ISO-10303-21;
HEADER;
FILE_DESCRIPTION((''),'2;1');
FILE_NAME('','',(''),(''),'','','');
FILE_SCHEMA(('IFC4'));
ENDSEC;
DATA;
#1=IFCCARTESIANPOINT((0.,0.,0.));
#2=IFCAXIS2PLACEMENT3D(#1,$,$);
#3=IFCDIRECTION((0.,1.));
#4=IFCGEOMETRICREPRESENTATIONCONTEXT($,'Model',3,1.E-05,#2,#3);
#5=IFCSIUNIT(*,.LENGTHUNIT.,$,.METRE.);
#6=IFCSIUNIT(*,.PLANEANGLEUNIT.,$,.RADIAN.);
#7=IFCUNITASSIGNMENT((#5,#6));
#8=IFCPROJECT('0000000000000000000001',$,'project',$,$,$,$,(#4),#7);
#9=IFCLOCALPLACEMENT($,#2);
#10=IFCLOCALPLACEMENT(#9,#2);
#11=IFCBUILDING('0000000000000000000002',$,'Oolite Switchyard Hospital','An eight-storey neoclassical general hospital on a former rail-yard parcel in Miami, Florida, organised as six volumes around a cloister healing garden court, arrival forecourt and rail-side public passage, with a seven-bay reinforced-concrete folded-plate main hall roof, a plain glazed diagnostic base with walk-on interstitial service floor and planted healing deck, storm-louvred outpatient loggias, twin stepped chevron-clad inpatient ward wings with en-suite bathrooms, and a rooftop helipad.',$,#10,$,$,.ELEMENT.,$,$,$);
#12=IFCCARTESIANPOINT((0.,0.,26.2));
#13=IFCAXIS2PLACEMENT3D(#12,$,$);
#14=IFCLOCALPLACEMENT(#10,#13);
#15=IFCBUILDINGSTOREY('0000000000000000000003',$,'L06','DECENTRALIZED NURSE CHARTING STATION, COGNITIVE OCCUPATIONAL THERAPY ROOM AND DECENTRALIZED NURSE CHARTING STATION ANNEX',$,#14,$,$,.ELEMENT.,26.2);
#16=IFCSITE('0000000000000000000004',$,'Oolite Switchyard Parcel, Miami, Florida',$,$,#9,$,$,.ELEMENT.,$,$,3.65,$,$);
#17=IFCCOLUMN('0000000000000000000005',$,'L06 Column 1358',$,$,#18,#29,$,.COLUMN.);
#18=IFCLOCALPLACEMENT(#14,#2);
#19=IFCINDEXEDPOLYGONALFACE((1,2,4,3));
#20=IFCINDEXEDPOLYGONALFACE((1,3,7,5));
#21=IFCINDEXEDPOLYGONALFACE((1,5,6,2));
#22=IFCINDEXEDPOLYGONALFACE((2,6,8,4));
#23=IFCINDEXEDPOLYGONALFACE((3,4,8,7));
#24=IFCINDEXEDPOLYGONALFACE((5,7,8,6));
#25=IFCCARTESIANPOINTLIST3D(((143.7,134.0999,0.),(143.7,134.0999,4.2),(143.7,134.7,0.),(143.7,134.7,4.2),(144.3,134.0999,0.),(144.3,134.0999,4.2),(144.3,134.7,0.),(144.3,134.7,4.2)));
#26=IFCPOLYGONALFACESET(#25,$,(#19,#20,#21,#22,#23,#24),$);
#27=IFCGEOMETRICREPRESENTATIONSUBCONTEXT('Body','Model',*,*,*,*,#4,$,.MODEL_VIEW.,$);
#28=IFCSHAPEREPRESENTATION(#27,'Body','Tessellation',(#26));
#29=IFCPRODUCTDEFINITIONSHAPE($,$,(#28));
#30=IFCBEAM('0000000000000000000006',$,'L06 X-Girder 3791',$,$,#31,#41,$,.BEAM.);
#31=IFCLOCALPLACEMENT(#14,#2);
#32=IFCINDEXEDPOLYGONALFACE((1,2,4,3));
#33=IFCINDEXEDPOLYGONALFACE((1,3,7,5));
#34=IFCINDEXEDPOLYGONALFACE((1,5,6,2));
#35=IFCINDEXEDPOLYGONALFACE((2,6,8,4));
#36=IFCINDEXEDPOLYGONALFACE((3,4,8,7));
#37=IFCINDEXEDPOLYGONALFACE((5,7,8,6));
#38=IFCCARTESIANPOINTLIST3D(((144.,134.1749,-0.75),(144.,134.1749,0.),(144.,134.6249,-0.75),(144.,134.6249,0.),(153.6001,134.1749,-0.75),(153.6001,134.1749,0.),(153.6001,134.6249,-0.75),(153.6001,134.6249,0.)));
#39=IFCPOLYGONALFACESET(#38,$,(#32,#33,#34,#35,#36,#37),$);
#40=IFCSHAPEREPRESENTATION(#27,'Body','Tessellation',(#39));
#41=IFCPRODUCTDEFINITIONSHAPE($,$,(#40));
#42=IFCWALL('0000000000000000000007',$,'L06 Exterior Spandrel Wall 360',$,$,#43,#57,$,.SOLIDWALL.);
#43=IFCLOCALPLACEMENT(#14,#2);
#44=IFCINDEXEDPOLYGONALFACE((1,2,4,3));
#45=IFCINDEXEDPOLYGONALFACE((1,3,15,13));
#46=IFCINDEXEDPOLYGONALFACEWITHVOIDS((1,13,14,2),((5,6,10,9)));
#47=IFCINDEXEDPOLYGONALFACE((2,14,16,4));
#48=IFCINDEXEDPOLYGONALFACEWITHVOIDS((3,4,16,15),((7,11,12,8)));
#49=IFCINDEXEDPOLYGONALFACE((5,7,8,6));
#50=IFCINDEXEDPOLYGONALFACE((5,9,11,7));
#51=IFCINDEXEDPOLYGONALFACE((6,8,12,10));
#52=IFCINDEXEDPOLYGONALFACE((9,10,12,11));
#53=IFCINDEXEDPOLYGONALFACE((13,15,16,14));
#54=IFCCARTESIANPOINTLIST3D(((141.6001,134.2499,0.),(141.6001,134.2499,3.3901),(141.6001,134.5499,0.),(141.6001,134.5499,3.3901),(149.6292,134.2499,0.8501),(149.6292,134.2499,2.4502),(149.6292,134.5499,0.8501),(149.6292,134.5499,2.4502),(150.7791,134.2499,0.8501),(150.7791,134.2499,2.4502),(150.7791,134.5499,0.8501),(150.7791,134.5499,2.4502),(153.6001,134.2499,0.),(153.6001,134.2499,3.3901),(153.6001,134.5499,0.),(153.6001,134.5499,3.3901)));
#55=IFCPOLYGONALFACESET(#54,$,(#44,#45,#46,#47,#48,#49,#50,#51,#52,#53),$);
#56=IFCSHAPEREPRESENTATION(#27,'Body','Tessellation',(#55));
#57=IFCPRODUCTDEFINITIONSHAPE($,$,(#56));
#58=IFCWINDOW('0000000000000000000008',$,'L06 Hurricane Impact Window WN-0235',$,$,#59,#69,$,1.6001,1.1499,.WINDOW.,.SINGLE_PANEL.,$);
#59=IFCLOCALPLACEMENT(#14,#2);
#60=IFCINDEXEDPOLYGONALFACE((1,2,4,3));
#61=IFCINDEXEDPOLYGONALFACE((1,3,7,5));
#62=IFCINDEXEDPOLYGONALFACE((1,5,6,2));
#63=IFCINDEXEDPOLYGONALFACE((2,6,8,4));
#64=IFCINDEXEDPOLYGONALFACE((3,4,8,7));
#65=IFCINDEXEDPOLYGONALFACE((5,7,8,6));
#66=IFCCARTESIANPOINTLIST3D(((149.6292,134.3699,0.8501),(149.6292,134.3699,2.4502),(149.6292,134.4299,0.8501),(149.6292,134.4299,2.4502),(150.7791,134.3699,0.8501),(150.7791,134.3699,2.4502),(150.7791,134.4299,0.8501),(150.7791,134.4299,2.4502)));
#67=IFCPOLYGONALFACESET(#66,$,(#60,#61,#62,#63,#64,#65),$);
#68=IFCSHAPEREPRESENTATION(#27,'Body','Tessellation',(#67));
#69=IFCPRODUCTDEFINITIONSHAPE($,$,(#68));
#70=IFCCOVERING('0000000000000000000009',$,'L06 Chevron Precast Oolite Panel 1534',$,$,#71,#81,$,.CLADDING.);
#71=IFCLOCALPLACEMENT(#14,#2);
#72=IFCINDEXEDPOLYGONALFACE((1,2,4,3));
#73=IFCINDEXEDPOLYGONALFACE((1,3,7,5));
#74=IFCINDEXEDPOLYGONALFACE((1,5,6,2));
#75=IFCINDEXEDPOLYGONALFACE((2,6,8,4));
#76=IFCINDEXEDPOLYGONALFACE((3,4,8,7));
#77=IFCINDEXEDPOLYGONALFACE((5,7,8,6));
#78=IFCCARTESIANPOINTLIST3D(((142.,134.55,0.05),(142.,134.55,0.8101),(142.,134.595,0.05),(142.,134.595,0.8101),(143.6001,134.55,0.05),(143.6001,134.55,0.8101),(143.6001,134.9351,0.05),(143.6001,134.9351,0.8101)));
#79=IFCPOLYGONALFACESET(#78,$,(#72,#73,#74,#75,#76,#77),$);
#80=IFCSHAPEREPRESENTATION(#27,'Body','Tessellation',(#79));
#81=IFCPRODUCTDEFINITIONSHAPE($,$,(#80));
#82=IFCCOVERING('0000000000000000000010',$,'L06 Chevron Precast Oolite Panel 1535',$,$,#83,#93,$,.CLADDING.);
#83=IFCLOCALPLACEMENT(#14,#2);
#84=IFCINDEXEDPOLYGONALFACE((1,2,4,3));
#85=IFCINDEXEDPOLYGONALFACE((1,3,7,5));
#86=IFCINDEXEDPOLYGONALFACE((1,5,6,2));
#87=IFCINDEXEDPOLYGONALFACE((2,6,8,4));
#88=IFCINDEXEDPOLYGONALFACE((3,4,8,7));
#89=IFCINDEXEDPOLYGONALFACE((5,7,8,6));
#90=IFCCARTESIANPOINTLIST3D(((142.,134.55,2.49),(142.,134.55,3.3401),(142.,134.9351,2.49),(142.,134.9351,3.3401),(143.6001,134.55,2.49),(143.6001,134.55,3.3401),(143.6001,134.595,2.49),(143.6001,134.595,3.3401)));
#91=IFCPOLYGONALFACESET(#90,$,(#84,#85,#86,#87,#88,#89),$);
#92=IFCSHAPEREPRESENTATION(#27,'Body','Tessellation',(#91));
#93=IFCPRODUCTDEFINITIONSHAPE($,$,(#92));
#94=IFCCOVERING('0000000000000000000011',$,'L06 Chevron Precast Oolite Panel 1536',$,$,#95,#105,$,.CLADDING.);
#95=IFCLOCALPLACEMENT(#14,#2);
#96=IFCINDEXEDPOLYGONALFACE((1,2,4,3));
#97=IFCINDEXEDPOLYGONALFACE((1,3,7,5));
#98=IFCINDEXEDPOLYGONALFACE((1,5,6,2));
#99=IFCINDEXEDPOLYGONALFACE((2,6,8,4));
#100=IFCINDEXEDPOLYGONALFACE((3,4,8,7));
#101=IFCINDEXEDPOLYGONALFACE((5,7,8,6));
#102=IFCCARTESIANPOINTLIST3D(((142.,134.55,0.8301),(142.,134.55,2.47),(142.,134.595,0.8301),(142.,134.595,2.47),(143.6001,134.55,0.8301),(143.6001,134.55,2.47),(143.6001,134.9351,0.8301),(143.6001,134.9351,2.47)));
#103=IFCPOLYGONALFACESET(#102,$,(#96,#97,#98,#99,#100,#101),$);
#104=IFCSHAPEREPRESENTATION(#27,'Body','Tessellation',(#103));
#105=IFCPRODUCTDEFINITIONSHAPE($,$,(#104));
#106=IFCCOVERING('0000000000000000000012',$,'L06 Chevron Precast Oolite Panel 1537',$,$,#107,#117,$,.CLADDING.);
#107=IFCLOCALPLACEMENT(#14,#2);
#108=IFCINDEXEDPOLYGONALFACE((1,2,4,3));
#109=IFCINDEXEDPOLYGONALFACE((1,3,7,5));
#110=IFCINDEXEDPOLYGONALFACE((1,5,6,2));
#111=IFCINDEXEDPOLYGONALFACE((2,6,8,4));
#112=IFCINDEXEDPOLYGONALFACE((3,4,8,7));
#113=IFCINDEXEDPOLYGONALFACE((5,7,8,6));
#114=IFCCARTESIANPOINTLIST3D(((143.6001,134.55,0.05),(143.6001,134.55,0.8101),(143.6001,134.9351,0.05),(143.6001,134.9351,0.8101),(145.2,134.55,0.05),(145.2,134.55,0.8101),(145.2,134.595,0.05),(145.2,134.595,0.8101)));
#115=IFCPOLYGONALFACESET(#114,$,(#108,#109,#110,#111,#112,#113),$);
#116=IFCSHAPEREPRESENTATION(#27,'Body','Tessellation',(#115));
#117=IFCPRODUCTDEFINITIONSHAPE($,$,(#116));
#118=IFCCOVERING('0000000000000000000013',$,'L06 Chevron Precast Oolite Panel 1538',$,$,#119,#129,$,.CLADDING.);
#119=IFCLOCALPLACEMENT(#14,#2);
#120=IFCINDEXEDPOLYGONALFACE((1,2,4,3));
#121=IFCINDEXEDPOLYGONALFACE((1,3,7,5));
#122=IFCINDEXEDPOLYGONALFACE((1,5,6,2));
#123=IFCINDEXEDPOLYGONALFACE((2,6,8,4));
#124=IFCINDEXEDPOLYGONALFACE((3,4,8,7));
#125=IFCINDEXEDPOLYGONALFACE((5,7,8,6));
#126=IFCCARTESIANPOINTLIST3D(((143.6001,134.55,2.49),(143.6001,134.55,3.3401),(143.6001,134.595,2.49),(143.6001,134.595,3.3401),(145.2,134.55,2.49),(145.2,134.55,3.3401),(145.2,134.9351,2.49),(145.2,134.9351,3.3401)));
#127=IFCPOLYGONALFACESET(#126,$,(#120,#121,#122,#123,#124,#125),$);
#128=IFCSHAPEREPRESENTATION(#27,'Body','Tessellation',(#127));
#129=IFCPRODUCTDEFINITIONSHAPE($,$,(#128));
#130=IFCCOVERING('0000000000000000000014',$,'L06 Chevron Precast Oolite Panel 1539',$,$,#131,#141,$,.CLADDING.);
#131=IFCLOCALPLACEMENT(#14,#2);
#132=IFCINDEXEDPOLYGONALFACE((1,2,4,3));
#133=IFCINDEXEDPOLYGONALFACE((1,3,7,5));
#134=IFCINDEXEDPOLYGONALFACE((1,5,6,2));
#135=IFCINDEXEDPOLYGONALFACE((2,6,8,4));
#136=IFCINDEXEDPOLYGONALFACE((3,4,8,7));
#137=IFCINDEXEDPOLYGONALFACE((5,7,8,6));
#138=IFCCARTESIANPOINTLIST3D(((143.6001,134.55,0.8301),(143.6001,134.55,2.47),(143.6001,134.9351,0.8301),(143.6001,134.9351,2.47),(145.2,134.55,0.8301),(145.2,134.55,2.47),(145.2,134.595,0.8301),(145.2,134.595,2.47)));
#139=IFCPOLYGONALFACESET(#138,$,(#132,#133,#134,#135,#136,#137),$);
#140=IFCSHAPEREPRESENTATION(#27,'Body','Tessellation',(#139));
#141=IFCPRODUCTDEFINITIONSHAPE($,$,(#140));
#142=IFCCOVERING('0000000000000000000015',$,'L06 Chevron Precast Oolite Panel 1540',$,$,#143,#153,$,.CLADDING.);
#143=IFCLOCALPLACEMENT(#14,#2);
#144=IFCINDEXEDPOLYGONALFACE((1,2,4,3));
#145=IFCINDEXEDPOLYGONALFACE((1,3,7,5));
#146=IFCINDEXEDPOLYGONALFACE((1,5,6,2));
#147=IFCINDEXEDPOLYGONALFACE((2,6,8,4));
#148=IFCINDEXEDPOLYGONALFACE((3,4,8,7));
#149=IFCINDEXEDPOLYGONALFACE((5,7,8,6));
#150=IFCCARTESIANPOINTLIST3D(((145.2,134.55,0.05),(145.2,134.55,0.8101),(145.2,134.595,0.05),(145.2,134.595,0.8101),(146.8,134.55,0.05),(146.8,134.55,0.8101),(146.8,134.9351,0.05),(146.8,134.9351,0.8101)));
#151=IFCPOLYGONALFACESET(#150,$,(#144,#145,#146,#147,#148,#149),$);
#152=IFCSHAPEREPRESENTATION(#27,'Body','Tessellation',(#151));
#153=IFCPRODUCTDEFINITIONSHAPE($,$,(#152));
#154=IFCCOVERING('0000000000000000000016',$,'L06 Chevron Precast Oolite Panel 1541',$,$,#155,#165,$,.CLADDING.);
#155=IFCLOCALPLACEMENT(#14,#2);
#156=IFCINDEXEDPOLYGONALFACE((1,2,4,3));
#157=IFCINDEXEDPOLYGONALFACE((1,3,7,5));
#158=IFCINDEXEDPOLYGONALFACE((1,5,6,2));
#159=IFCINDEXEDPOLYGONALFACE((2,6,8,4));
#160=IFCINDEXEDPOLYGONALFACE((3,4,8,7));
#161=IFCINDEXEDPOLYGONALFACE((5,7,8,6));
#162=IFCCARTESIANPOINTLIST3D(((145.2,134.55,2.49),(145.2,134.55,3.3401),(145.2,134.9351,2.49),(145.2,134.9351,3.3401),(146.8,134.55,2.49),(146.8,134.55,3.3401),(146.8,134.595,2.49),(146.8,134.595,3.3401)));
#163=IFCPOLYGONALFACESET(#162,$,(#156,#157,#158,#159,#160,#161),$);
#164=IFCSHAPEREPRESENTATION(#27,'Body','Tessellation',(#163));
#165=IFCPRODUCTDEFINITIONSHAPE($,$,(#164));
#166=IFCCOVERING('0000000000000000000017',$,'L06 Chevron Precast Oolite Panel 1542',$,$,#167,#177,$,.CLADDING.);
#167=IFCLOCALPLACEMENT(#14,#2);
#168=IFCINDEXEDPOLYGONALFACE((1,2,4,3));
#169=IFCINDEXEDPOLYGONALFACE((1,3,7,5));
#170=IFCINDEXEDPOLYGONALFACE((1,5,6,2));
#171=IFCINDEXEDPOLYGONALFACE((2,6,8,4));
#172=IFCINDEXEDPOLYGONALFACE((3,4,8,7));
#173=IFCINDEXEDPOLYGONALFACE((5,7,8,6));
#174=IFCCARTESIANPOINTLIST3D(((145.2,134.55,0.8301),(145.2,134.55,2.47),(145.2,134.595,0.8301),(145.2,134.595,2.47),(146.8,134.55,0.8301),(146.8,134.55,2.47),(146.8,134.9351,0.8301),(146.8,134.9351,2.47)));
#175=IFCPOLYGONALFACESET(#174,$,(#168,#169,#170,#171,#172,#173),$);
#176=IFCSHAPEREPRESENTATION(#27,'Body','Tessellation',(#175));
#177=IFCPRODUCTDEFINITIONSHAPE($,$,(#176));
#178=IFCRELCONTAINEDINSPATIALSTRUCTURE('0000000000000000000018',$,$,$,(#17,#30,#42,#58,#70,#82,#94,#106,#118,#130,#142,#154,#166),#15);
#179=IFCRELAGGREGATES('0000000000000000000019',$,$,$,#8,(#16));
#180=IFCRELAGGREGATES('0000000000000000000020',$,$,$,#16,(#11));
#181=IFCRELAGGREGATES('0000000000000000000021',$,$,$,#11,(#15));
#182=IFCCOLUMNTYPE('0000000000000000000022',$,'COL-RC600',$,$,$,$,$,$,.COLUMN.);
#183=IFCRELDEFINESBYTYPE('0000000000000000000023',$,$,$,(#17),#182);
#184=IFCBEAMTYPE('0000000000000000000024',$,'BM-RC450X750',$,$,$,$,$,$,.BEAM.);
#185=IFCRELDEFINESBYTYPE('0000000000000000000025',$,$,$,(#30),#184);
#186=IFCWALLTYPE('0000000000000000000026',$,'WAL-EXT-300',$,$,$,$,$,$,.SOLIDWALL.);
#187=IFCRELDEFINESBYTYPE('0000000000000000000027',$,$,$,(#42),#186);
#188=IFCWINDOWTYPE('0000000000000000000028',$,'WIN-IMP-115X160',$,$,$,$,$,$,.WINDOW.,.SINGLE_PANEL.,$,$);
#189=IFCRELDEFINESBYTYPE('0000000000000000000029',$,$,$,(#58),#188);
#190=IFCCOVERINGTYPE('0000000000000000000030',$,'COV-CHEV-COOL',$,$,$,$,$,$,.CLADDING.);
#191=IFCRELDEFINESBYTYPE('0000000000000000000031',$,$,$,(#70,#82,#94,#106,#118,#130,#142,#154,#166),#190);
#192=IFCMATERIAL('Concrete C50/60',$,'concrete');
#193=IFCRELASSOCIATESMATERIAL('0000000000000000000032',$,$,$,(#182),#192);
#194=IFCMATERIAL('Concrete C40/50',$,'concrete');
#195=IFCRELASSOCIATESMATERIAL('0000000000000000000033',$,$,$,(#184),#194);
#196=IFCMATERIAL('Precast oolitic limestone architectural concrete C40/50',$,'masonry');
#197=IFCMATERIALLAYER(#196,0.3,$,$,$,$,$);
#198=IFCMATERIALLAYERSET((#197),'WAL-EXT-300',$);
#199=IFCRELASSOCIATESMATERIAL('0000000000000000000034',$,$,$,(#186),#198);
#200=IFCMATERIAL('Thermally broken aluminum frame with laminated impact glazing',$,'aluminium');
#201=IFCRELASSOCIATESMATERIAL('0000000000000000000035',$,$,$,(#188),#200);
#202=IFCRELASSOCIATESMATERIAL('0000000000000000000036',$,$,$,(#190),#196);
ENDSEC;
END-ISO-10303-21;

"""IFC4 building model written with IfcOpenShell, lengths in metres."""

from ifc_helpers import new_model, si_unit, direction, frame, frame_2d, origin, origin_2d, place, context, subcontext, project, spatial, polyline, rectangle, outline, extrude, material, layer, layer_set, material_profile, profile_set, type_object, element, fill, save


model = new_model("IFC4")

# Units and contexts
model_context = context("Model", 3, precision=1e-05, world=origin(), true_north=direction((0.0, 1.0)))
body_context = subcontext(model_context, "Body", "Model", "MODEL_VIEW")
ifc_project = project(units=[si_unit("LENGTHUNIT", "METRE"), si_unit("PLANEANGLEUNIT", "RADIAN")], contexts=[model_context])

# Site, building, storey
site_placement = place(None, origin())
site = spatial("IfcSite", under=ifc_project, at=site_placement, Name="Oolite Switchyard Parcel, Miami, Florida", CompositionType="ELEMENT", RefElevation=3.65)
building_placement = place(site_placement, origin())
building = spatial("IfcBuilding", under=site, at=building_placement, Name="Oolite Switchyard Hospital", Description="An eight-storey neoclassical general hospital on a former rail-yard parcel in Miami, Florida, organised as six volumes around a cloister healing garden court, arrival forecourt and rail-side public passage, with a seven-bay reinforced-concrete folded-plate main hall roof, a plain glazed diagnostic base with walk-on interstitial service floor and planted healing deck, storm-louvred outpatient loggias, twin stepped chevron-clad inpatient ward wings with en-suite bathrooms, and a rooftop helipad.", CompositionType="ELEMENT")
storey_placement = place(building_placement, frame((0.0, 0.0, 26.2)))
storey = spatial("IfcBuildingStorey", under=building, at=storey_placement, Name="L06", Description="DECENTRALIZED NURSE CHARTING STATION, COGNITIVE OCCUPATIONAL THERAPY ROOM AND DECENTRALIZED NURSE CHARTING STATION ANNEX", CompositionType="ELEMENT", Elevation=26.2)

# Column
ifc_material_1 = material(Name="Concrete C50/60", Category="concrete")
ifc_material_profile_1 = material_profile(ifc_material_1, rectangle(XDim=0.6001, YDim=0.6001, at=origin_2d()), Name="RC600X600")
ifc_profile_set_1 = profile_set([ifc_material_profile_1], Name="Concrete C50/60")
column_type = type_object("IfcColumnType", Name="COL-RC600", PredefinedType="COLUMN", material=ifc_profile_set_1)
column_placement = place(storey_placement, frame((144.0, 134.3999, 0.0), z_axis=(0.0, 0.0, 1.0), x_axis=(1.0, 0.0, 0.0)))
element("IfcColumn", 1, at=column_placement, inside=storey, type_object=column_type, Name="L06 Column 1358", PredefinedType="COLUMN", context=body_context, shape_type="SweptSolid", body=[
    extrude(rectangle(XDim=0.6001, YDim=0.6001, at=origin_2d()), origin(), (0.0, 0.0, 1.0), 4.2),
])

# Beam
ifc_material_2 = material(Name="Concrete C40/50", Category="concrete")
ifc_material_profile_2 = material_profile(ifc_material_2, rectangle(XDim=0.45, YDim=0.75, at=origin_2d()), Name="RCB450X750")
ifc_profile_set_2 = profile_set([ifc_material_profile_2], Name="Concrete C40/50")
beam_type = type_object("IfcBeamType", Name="BM-RC450X750", PredefinedType="BEAM", material=ifc_profile_set_2)
beam_placement = place(storey_placement, frame((144.0, 134.3999, -0.375), z_axis=(1.0, 0.0, 0.0), x_axis=(0.0, 1.0, 0.0)))
element("IfcBeam", 2, at=beam_placement, inside=storey, type_object=beam_type, Name="L06 X-Girder 3791", PredefinedType="BEAM", context=body_context, shape_type="SweptSolid", body=[
    extrude(rectangle(XDim=0.45, YDim=0.75, at=origin_2d()), origin(), (0.0, 0.0, 1.0), 9.6001),
])

# Wall, opening, window
ifc_material_3 = material(Name="Precast oolitic limestone architectural concrete C40/50", Category="masonry")
ifc_layer = layer(ifc_material_3, 0.3)
ifc_layer_set = layer_set([ifc_layer], Name="WAL-EXT-300")
wall_type = type_object("IfcWallType", Name="WAL-EXT-300", PredefinedType="SOLIDWALL", material=ifc_layer_set)
wall_placement = place(storey_placement, frame((141.6001, 134.3999, 0.0), z_axis=(0.0, 0.0, 1.0), x_axis=(1.0, 0.0, 0.0)))
wall = element("IfcWall", 3, at=wall_placement, inside=storey, type_object=wall_type, Name="L06 Exterior Spandrel Wall 360", PredefinedType="SOLIDWALL", context=body_context, shape_type="SweptSolid", body=[
    extrude(rectangle(XDim=12.0, YDim=0.3, at=frame_2d((6.0, 0.0))), origin(), (0.0, 0.0, 1.0), 3.3901),
])
opening_placement = place(wall_placement, frame((8.0291, 0.0, 0.8501)))
opening = element("IfcOpeningElement", 4, at=opening_placement, cuts=wall, PredefinedType="OPENING", context=body_context, shape_type="SweptSolid", body=[
    extrude(rectangle(XDim=1.1499, YDim=1.6001, at=frame_2d((0.575, 0.8))), frame((0.0, 0.1602, 0.0), z_axis=(0.0, -1.0, 0.0), x_axis=(1.0, 0.0, 0.0)), (0.0, 0.0, 1.0), 0.3201),
])
ifc_material_4 = material(Name="Thermally broken aluminum frame with laminated impact glazing", Category="aluminium")
window_type = type_object("IfcWindowType", Name="WIN-IMP-115X160", PartitioningType="SINGLE_PANEL", PredefinedType="WINDOW", material=ifc_material_4)
window_placement = place(opening_placement, origin())
window = element("IfcWindow", 5, at=window_placement, inside=storey, type_object=window_type, Name="L06 Hurricane Impact Window WN-0235", OverallHeight=1.6001, OverallWidth=1.1499, PartitioningType="SINGLE_PANEL", PredefinedType="WINDOW", context=body_context, shape_type="SweptSolid", body=[
    extrude(rectangle(XDim=1.1499, YDim=1.6001, at=frame_2d((0.575, 0.8))), frame((0.0, 0.03, 0.0), z_axis=(0.0, -1.0, 0.0), x_axis=(1.0, 0.0, 0.0)), (0.0, 0.0, 1.0), 0.0601),
])
fill(opening, window)

# Coverings
covering_type = type_object("IfcCoveringType", Name="COV-CHEV-COOL", PredefinedType="CLADDING", material=ifc_material_3)
covering_1_placement = place(storey_placement, frame((142.0, 134.55, 0.05), z_axis=(0.0, 0.0, 1.0), x_axis=(1.0, 0.0, 0.0)))
element("IfcCovering", 6, at=covering_1_placement, inside=storey, type_object=covering_type, Name="L06 Chevron Precast Oolite Panel 1534", PredefinedType="CLADDING", context=body_context, shape_type="SweptSolid", body=[
    extrude(outline(polyline([(0.0, 0.0), (1.6001, 0.0), (1.6001, 0.385), (0.0, 0.0449), (0.0, 0.0)])), origin(), (0.0, 0.0, 1.0), 0.76),
])
covering_2_placement = place(storey_placement, frame((142.0, 134.55, 2.49), z_axis=(0.0, 0.0, 1.0), x_axis=(1.0, 0.0, 0.0)))
element("IfcCovering", 7, at=covering_2_placement, inside=storey, type_object=covering_type, Name="L06 Chevron Precast Oolite Panel 1535", PredefinedType="CLADDING", context=body_context, shape_type="SweptSolid", body=[
    extrude(outline(polyline([(0.0, 0.0), (1.6001, 0.0), (1.6001, 0.0449), (0.0, 0.385), (0.0, 0.0)])), origin(), (0.0, 0.0, 1.0), 0.8501),
])
covering_3_placement = place(storey_placement, frame((142.0, 134.55, 0.8301), z_axis=(0.0, 0.0, 1.0), x_axis=(1.0, 0.0, 0.0)))
element("IfcCovering", 8, at=covering_3_placement, inside=storey, type_object=covering_type, Name="L06 Chevron Precast Oolite Panel 1536", PredefinedType="CLADDING", context=body_context, shape_type="SweptSolid", body=[
    extrude(outline(polyline([(0.0, 0.0), (1.6001, 0.0), (1.6001, 0.385), (0.0, 0.0449), (0.0, 0.0)])), origin(), (0.0, 0.0, 1.0), 1.6399),
])
covering_4_placement = place(storey_placement, frame((143.6001, 134.55, 0.05), z_axis=(0.0, 0.0, 1.0), x_axis=(1.0, 0.0, 0.0)))
element("IfcCovering", 9, at=covering_4_placement, inside=storey, type_object=covering_type, Name="L06 Chevron Precast Oolite Panel 1537", PredefinedType="CLADDING", context=body_context, shape_type="SweptSolid", body=[
    extrude(outline(polyline([(0.0, 0.0), (1.5999, 0.0), (1.5999, 0.0449), (0.0, 0.385), (0.0, 0.0)])), origin(), (0.0, 0.0, 1.0), 0.76),
])
covering_5_placement = place(storey_placement, frame((143.6001, 134.55, 2.49), z_axis=(0.0, 0.0, 1.0), x_axis=(1.0, 0.0, 0.0)))
element("IfcCovering", 10, at=covering_5_placement, inside=storey, type_object=covering_type, Name="L06 Chevron Precast Oolite Panel 1538", PredefinedType="CLADDING", context=body_context, shape_type="SweptSolid", body=[
    extrude(outline(polyline([(0.0, 0.0), (1.5999, 0.0), (1.5999, 0.385), (0.0, 0.0449), (0.0, 0.0)])), origin(), (0.0, 0.0, 1.0), 0.8501),
])
covering_6_placement = place(storey_placement, frame((143.6001, 134.55, 0.8301), z_axis=(0.0, 0.0, 1.0), x_axis=(1.0, 0.0, 0.0)))
element("IfcCovering", 11, at=covering_6_placement, inside=storey, type_object=covering_type, Name="L06 Chevron Precast Oolite Panel 1539", PredefinedType="CLADDING", context=body_context, shape_type="SweptSolid", body=[
    extrude(outline(polyline([(0.0, 0.0), (1.5999, 0.0), (1.5999, 0.0449), (0.0, 0.385), (0.0, 0.0)])), origin(), (0.0, 0.0, 1.0), 1.6399),
])
covering_7_placement = place(storey_placement, frame((145.2, 134.55, 0.05), z_axis=(0.0, 0.0, 1.0), x_axis=(1.0, 0.0, 0.0)))
element("IfcCovering", 12, at=covering_7_placement, inside=storey, type_object=covering_type, Name="L06 Chevron Precast Oolite Panel 1540", PredefinedType="CLADDING", context=body_context, shape_type="SweptSolid", body=[
    extrude(outline(polyline([(0.0, 0.0), (1.6001, 0.0), (1.6001, 0.385), (0.0, 0.0449), (0.0, 0.0)])), origin(), (0.0, 0.0, 1.0), 0.76),
])
covering_8_placement = place(storey_placement, frame((145.2, 134.55, 2.49), z_axis=(0.0, 0.0, 1.0), x_axis=(1.0, 0.0, 0.0)))
element("IfcCovering", 13, at=covering_8_placement, inside=storey, type_object=covering_type, Name="L06 Chevron Precast Oolite Panel 1541", PredefinedType="CLADDING", context=body_context, shape_type="SweptSolid", body=[
    extrude(outline(polyline([(0.0, 0.0), (1.6001, 0.0), (1.6001, 0.0449), (0.0, 0.385), (0.0, 0.0)])), origin(), (0.0, 0.0, 1.0), 0.8501),
])
covering_9_placement = place(storey_placement, frame((145.2, 134.55, 0.8301), z_axis=(0.0, 0.0, 1.0), x_axis=(1.0, 0.0, 0.0)))
element("IfcCovering", 14, at=covering_9_placement, inside=storey, type_object=covering_type, Name="L06 Chevron Precast Oolite Panel 1542", PredefinedType="CLADDING", context=body_context, shape_type="SweptSolid", body=[
    extrude(outline(polyline([(0.0, 0.0), (1.6001, 0.0), (1.6001, 0.385), (0.0, 0.0449), (0.0, 0.0)])), origin(), (0.0, 0.0, 1.0), 1.6399),
])

save(model, "model.ifc")
